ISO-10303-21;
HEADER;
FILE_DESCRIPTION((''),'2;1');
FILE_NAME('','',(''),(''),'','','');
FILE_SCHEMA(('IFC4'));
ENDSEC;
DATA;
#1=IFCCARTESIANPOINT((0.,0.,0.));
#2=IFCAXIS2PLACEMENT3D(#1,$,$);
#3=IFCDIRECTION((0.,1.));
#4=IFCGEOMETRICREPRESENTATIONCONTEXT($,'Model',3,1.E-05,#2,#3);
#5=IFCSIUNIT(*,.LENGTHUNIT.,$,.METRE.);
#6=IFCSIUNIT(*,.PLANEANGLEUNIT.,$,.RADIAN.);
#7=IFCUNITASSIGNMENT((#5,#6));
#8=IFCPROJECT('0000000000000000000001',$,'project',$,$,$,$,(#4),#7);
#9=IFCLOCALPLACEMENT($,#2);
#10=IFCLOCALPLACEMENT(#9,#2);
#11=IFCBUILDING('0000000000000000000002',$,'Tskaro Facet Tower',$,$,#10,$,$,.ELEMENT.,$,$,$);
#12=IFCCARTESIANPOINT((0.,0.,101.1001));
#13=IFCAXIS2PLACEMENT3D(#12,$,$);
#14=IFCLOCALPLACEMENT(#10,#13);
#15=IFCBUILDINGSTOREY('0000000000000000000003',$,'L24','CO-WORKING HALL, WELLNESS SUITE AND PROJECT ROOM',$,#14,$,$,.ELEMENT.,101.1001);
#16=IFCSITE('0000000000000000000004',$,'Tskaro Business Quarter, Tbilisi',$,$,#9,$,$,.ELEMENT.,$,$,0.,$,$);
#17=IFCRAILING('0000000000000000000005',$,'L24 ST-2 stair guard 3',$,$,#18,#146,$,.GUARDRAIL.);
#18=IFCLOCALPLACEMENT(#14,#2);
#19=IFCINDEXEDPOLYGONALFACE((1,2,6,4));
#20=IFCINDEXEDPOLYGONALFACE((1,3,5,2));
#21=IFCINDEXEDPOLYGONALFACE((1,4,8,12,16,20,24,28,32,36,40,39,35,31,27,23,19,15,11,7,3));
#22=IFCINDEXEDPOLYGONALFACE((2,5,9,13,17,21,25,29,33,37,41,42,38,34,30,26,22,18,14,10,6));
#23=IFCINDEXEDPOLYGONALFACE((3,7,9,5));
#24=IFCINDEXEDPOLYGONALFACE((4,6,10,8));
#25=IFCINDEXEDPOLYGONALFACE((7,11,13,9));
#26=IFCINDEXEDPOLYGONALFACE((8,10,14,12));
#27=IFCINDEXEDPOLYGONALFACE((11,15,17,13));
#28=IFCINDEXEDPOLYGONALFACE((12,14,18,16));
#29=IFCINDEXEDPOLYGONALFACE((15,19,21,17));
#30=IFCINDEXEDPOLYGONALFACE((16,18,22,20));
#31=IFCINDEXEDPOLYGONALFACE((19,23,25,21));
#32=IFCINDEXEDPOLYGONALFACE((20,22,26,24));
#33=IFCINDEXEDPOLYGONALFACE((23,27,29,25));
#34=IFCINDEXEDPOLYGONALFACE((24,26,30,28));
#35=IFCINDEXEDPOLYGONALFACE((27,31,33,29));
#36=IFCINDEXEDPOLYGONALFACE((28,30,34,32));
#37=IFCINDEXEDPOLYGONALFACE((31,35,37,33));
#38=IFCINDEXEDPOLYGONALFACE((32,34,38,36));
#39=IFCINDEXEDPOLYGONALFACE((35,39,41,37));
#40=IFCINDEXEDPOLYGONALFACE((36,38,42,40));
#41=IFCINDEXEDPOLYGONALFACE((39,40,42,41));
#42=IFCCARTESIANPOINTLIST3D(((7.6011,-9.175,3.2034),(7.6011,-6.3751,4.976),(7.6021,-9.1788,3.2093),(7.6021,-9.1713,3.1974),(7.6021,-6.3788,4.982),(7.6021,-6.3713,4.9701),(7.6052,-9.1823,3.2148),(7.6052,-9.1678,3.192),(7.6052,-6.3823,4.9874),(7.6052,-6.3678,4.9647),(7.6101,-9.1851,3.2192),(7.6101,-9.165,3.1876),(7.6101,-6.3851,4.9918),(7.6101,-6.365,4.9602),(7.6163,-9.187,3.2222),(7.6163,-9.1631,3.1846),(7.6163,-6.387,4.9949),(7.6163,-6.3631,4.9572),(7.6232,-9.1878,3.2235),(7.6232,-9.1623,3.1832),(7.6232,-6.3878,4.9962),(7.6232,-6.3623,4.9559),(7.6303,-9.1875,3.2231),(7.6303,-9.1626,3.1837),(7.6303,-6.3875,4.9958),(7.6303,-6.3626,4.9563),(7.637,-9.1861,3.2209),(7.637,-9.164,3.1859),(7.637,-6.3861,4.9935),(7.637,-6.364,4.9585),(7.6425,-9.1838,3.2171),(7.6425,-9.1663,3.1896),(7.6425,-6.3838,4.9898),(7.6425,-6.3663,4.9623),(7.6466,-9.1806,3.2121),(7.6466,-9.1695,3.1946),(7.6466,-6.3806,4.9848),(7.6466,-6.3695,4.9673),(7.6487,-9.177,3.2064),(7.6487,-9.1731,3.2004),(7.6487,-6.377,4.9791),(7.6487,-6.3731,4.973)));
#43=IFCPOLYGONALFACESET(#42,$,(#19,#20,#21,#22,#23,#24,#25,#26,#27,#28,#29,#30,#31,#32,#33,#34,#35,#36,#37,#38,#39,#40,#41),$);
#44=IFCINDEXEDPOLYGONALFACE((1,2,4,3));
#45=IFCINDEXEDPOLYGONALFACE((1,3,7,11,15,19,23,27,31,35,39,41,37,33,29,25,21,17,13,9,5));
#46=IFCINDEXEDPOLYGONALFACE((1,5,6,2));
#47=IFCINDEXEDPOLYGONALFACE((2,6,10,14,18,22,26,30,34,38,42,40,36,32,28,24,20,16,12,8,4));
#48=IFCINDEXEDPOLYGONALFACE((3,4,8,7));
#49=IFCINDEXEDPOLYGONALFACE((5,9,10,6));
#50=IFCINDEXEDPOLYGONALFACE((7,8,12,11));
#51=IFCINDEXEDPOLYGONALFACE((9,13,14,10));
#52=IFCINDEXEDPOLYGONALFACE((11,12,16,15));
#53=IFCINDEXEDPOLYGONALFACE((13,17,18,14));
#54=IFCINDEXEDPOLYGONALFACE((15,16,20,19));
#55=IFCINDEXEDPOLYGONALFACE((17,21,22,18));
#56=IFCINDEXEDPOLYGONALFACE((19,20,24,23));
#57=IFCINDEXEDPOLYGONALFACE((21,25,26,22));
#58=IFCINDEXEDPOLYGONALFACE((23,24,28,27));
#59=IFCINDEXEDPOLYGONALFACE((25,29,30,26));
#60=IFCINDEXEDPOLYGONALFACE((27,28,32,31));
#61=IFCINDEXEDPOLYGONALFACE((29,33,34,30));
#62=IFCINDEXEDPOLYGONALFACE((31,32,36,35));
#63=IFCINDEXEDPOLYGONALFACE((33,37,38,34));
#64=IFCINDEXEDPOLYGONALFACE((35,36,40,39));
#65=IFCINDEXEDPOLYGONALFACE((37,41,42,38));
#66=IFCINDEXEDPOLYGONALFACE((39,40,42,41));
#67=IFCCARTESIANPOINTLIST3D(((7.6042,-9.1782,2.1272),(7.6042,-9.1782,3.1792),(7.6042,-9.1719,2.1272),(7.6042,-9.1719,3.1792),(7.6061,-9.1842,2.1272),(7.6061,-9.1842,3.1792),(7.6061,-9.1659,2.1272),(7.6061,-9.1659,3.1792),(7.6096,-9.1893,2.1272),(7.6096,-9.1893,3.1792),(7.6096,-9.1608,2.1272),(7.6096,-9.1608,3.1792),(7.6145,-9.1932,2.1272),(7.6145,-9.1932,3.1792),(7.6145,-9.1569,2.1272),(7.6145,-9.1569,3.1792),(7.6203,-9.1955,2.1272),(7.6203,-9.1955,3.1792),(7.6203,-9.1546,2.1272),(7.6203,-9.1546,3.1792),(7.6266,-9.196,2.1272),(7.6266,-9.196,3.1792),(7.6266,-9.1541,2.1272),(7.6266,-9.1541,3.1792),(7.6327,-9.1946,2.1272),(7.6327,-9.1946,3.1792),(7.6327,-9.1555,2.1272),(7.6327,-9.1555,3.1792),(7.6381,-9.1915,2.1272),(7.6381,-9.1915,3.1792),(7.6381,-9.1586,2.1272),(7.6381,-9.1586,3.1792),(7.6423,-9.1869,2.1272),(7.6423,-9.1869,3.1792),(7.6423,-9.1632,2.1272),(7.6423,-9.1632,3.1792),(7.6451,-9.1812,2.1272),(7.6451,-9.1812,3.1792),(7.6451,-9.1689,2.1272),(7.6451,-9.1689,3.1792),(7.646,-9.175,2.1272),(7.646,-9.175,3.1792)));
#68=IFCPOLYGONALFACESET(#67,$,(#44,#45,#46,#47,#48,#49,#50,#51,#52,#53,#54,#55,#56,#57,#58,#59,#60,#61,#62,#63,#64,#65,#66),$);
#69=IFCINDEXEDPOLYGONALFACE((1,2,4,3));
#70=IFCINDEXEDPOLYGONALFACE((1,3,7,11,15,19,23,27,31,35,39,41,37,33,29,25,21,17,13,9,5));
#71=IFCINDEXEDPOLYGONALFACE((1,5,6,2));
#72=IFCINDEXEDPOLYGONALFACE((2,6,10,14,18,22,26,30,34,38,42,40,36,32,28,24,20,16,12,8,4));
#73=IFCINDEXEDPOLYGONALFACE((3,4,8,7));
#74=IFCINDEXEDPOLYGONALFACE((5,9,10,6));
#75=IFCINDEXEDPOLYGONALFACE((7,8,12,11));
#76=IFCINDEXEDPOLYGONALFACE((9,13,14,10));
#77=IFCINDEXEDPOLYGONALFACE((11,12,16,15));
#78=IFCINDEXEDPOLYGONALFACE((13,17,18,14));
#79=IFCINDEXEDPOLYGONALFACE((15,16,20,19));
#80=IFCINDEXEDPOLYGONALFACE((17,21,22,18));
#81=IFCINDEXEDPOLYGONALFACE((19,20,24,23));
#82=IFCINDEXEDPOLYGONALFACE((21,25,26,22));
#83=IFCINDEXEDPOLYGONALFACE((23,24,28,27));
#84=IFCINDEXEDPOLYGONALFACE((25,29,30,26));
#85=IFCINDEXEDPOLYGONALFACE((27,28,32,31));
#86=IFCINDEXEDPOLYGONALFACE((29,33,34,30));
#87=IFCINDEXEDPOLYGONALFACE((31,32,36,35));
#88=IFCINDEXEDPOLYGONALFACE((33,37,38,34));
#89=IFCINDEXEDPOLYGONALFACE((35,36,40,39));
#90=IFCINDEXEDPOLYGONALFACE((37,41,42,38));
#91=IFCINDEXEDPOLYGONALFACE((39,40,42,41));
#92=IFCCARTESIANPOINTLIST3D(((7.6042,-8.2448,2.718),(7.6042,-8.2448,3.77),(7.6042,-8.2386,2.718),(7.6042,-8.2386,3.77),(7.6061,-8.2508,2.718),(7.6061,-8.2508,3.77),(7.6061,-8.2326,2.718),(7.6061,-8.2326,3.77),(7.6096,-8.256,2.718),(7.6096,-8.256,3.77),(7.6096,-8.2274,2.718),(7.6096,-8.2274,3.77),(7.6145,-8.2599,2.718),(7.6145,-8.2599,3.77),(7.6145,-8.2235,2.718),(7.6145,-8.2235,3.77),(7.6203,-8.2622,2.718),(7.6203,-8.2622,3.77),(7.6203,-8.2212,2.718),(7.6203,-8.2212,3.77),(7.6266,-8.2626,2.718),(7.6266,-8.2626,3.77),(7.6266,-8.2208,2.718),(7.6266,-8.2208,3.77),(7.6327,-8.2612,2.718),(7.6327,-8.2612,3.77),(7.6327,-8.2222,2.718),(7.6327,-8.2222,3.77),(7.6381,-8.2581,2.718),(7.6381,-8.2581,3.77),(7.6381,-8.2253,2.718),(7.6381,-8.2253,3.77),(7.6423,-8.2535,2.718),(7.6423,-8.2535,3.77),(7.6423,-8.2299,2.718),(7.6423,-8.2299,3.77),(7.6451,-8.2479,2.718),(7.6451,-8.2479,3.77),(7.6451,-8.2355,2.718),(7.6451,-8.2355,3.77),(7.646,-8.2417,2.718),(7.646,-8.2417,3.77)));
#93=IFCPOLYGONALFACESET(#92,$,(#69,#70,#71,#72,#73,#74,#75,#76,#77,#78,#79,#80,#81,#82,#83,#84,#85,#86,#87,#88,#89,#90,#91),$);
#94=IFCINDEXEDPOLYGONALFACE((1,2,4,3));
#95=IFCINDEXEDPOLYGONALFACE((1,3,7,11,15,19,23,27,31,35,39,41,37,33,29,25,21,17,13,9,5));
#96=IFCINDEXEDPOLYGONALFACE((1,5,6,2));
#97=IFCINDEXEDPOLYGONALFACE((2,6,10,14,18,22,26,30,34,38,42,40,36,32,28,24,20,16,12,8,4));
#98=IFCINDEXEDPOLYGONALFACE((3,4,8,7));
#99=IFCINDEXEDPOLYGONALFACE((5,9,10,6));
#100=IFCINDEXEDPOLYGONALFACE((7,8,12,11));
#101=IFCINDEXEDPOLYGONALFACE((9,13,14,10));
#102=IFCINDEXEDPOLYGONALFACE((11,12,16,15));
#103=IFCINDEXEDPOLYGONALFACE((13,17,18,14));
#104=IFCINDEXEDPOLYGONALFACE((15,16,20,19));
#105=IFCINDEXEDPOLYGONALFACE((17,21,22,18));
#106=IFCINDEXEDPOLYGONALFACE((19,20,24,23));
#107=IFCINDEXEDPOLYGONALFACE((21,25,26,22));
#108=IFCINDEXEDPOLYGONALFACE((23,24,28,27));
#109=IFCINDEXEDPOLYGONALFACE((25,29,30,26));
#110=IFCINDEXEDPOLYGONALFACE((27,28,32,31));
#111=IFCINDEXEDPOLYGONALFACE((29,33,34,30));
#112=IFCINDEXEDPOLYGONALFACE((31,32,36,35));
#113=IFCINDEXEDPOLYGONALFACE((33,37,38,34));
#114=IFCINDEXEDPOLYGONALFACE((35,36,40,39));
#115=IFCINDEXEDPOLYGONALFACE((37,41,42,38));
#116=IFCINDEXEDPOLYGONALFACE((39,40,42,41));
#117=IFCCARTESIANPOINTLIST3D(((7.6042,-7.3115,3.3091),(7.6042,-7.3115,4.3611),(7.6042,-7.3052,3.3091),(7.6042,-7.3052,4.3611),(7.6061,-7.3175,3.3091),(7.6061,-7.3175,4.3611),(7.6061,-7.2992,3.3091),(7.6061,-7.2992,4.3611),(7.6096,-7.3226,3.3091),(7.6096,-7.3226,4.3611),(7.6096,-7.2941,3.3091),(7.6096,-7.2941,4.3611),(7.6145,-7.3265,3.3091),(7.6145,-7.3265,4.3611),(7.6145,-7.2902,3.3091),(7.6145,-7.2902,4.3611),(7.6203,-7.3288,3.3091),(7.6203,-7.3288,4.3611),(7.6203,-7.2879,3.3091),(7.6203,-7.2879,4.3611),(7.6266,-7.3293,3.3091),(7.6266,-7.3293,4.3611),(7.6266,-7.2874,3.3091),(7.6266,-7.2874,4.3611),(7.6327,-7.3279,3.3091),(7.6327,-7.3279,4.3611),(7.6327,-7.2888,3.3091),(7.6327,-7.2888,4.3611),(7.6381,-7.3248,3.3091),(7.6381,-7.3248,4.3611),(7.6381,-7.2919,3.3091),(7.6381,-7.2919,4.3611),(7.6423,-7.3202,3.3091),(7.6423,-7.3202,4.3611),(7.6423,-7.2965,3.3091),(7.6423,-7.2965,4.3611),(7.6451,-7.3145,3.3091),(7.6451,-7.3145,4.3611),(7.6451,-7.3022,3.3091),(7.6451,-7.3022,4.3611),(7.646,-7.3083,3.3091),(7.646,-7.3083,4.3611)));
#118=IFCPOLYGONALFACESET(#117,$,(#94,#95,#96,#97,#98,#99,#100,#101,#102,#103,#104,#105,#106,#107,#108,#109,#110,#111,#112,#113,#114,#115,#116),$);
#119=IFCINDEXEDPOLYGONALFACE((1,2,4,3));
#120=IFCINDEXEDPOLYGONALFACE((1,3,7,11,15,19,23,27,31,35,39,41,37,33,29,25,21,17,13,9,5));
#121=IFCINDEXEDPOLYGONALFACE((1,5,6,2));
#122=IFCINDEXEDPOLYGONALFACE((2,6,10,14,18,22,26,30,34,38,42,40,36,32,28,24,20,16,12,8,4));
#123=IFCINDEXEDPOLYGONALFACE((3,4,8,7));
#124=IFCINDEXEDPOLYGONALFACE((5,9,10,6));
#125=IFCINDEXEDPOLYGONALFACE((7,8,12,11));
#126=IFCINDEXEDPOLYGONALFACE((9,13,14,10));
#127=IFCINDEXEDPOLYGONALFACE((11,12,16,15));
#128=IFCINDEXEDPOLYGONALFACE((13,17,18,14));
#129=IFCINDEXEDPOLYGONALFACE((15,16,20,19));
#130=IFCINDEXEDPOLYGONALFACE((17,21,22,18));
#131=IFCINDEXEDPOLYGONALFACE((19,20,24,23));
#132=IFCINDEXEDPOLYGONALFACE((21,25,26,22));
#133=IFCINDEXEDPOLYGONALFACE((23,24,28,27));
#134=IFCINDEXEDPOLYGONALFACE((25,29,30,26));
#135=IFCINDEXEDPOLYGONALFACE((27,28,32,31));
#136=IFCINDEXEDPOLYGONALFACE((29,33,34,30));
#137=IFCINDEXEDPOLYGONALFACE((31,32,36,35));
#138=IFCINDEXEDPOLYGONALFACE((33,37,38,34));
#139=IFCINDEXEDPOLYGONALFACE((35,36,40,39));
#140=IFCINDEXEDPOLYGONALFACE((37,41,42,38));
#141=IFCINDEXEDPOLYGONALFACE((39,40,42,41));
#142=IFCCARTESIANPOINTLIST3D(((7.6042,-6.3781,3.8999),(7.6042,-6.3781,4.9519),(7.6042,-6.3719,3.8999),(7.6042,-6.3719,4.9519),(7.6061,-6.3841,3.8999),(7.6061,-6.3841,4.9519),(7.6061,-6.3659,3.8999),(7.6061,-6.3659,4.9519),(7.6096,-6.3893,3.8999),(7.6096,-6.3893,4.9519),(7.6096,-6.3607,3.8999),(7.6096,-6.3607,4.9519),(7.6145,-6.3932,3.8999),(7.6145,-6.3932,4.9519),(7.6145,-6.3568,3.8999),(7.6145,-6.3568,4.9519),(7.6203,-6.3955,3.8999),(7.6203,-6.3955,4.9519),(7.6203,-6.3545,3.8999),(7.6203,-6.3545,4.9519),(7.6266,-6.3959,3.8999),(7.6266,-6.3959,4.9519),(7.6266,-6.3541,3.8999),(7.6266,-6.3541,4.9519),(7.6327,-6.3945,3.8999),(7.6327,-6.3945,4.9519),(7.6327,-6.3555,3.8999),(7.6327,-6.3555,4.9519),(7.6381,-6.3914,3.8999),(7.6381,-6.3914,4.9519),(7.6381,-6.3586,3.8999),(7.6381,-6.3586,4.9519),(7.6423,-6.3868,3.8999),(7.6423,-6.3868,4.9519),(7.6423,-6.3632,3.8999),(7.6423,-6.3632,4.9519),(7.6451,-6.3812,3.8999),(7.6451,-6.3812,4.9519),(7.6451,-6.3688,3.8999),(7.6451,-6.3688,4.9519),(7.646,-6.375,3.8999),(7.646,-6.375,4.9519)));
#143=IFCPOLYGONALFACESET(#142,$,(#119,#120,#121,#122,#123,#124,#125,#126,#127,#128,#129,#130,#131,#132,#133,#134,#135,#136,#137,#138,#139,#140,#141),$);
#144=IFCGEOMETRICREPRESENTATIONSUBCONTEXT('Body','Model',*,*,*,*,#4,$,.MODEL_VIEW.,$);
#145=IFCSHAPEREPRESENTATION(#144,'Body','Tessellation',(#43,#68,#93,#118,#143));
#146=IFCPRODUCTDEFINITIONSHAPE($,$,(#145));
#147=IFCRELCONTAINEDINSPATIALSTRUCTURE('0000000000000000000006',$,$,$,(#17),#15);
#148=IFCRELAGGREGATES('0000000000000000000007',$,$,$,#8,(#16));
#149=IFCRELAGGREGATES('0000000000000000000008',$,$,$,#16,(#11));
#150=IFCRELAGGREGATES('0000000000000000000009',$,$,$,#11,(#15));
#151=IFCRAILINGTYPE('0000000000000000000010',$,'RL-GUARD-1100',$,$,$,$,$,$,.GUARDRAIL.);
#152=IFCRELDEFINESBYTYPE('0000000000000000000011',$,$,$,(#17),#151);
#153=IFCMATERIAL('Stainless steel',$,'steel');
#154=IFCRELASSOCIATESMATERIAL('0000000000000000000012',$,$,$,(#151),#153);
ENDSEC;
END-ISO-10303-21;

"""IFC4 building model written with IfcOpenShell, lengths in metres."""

from ifc_helpers import new_model, si_unit, direction, frame, origin, origin_2d, place, context, subcontext, project, spatial, circle, extrude, material, type_object, element, save


model = new_model("IFC4")

# Units and contexts
model_context = context("Model", 3, precision=1e-05, world=origin(), true_north=direction((0.0, 1.0)))
body_context = subcontext(model_context, "Body", "Model", "MODEL_VIEW")
ifc_project = project(units=[si_unit("LENGTHUNIT", "METRE"), si_unit("PLANEANGLEUNIT", "RADIAN")], contexts=[model_context])

# Site, building, storey
site_placement = place(None, origin())
site = spatial("IfcSite", under=ifc_project, at=site_placement, Name="Tskaro Business Quarter, Tbilisi", CompositionType="ELEMENT", RefElevation=0.0)
building_placement = place(site_placement, origin())
building = spatial("IfcBuilding", under=site, at=building_placement, Name="Tskaro Facet Tower", CompositionType="ELEMENT")
storey_placement = place(building_placement, frame((0.0, 0.0, 101.1001)))
storey = spatial("IfcBuildingStorey", under=building, at=storey_placement, Name="L24", Description="CO-WORKING HALL, WELLNESS SUITE AND PROJECT ROOM", CompositionType="ELEMENT", Elevation=101.1001)

# Shared definitions
ifc_material_1 = material(Name="Stainless steel", Category="steel")

# Railing
railing_type_1 = type_object("IfcRailingType", Name="RL-GUARD-1100", PredefinedType="GUARDRAIL", material=ifc_material_1)
railing_1_placement = place(storey_placement, frame((7.625, -9.175, 2.1272)))
element("IfcRailing", 1, at=railing_1_placement, inside=storey, type_object=railing_type_1, Name="L24 ST-2 stair guard 3", PredefinedType="GUARDRAIL", context=body_context, shape_type="SweptSolid", body=[
    extrude(circle(Radius=0.0239, at=origin_2d()), frame((0.0, 0.0, 1.0762), z_axis=(0.0, 0.844909, 0.53491), x_axis=(-1.0, 0.0, 0.0)), (0.0, 0.0, 1.0), 3.314),
    extrude(circle(Radius=0.021, at=origin_2d()), origin(), (0.0, 0.0, 1.0), 1.052),
    extrude(circle(Radius=0.021, at=origin_2d()), frame((0.0, 0.9333, 0.5908)), (0.0, 0.0, 1.0), 1.052),
    extrude(circle(Radius=0.021, at=origin_2d()), frame((0.0, 1.8667, 1.1819)), (0.0, 0.0, 1.0), 1.052),
    extrude(circle(Radius=0.021, at=origin_2d()), frame((0.0, 2.8, 1.7727)), (0.0, 0.0, 1.0), 1.052),
])

save(model, "model.ifc")
